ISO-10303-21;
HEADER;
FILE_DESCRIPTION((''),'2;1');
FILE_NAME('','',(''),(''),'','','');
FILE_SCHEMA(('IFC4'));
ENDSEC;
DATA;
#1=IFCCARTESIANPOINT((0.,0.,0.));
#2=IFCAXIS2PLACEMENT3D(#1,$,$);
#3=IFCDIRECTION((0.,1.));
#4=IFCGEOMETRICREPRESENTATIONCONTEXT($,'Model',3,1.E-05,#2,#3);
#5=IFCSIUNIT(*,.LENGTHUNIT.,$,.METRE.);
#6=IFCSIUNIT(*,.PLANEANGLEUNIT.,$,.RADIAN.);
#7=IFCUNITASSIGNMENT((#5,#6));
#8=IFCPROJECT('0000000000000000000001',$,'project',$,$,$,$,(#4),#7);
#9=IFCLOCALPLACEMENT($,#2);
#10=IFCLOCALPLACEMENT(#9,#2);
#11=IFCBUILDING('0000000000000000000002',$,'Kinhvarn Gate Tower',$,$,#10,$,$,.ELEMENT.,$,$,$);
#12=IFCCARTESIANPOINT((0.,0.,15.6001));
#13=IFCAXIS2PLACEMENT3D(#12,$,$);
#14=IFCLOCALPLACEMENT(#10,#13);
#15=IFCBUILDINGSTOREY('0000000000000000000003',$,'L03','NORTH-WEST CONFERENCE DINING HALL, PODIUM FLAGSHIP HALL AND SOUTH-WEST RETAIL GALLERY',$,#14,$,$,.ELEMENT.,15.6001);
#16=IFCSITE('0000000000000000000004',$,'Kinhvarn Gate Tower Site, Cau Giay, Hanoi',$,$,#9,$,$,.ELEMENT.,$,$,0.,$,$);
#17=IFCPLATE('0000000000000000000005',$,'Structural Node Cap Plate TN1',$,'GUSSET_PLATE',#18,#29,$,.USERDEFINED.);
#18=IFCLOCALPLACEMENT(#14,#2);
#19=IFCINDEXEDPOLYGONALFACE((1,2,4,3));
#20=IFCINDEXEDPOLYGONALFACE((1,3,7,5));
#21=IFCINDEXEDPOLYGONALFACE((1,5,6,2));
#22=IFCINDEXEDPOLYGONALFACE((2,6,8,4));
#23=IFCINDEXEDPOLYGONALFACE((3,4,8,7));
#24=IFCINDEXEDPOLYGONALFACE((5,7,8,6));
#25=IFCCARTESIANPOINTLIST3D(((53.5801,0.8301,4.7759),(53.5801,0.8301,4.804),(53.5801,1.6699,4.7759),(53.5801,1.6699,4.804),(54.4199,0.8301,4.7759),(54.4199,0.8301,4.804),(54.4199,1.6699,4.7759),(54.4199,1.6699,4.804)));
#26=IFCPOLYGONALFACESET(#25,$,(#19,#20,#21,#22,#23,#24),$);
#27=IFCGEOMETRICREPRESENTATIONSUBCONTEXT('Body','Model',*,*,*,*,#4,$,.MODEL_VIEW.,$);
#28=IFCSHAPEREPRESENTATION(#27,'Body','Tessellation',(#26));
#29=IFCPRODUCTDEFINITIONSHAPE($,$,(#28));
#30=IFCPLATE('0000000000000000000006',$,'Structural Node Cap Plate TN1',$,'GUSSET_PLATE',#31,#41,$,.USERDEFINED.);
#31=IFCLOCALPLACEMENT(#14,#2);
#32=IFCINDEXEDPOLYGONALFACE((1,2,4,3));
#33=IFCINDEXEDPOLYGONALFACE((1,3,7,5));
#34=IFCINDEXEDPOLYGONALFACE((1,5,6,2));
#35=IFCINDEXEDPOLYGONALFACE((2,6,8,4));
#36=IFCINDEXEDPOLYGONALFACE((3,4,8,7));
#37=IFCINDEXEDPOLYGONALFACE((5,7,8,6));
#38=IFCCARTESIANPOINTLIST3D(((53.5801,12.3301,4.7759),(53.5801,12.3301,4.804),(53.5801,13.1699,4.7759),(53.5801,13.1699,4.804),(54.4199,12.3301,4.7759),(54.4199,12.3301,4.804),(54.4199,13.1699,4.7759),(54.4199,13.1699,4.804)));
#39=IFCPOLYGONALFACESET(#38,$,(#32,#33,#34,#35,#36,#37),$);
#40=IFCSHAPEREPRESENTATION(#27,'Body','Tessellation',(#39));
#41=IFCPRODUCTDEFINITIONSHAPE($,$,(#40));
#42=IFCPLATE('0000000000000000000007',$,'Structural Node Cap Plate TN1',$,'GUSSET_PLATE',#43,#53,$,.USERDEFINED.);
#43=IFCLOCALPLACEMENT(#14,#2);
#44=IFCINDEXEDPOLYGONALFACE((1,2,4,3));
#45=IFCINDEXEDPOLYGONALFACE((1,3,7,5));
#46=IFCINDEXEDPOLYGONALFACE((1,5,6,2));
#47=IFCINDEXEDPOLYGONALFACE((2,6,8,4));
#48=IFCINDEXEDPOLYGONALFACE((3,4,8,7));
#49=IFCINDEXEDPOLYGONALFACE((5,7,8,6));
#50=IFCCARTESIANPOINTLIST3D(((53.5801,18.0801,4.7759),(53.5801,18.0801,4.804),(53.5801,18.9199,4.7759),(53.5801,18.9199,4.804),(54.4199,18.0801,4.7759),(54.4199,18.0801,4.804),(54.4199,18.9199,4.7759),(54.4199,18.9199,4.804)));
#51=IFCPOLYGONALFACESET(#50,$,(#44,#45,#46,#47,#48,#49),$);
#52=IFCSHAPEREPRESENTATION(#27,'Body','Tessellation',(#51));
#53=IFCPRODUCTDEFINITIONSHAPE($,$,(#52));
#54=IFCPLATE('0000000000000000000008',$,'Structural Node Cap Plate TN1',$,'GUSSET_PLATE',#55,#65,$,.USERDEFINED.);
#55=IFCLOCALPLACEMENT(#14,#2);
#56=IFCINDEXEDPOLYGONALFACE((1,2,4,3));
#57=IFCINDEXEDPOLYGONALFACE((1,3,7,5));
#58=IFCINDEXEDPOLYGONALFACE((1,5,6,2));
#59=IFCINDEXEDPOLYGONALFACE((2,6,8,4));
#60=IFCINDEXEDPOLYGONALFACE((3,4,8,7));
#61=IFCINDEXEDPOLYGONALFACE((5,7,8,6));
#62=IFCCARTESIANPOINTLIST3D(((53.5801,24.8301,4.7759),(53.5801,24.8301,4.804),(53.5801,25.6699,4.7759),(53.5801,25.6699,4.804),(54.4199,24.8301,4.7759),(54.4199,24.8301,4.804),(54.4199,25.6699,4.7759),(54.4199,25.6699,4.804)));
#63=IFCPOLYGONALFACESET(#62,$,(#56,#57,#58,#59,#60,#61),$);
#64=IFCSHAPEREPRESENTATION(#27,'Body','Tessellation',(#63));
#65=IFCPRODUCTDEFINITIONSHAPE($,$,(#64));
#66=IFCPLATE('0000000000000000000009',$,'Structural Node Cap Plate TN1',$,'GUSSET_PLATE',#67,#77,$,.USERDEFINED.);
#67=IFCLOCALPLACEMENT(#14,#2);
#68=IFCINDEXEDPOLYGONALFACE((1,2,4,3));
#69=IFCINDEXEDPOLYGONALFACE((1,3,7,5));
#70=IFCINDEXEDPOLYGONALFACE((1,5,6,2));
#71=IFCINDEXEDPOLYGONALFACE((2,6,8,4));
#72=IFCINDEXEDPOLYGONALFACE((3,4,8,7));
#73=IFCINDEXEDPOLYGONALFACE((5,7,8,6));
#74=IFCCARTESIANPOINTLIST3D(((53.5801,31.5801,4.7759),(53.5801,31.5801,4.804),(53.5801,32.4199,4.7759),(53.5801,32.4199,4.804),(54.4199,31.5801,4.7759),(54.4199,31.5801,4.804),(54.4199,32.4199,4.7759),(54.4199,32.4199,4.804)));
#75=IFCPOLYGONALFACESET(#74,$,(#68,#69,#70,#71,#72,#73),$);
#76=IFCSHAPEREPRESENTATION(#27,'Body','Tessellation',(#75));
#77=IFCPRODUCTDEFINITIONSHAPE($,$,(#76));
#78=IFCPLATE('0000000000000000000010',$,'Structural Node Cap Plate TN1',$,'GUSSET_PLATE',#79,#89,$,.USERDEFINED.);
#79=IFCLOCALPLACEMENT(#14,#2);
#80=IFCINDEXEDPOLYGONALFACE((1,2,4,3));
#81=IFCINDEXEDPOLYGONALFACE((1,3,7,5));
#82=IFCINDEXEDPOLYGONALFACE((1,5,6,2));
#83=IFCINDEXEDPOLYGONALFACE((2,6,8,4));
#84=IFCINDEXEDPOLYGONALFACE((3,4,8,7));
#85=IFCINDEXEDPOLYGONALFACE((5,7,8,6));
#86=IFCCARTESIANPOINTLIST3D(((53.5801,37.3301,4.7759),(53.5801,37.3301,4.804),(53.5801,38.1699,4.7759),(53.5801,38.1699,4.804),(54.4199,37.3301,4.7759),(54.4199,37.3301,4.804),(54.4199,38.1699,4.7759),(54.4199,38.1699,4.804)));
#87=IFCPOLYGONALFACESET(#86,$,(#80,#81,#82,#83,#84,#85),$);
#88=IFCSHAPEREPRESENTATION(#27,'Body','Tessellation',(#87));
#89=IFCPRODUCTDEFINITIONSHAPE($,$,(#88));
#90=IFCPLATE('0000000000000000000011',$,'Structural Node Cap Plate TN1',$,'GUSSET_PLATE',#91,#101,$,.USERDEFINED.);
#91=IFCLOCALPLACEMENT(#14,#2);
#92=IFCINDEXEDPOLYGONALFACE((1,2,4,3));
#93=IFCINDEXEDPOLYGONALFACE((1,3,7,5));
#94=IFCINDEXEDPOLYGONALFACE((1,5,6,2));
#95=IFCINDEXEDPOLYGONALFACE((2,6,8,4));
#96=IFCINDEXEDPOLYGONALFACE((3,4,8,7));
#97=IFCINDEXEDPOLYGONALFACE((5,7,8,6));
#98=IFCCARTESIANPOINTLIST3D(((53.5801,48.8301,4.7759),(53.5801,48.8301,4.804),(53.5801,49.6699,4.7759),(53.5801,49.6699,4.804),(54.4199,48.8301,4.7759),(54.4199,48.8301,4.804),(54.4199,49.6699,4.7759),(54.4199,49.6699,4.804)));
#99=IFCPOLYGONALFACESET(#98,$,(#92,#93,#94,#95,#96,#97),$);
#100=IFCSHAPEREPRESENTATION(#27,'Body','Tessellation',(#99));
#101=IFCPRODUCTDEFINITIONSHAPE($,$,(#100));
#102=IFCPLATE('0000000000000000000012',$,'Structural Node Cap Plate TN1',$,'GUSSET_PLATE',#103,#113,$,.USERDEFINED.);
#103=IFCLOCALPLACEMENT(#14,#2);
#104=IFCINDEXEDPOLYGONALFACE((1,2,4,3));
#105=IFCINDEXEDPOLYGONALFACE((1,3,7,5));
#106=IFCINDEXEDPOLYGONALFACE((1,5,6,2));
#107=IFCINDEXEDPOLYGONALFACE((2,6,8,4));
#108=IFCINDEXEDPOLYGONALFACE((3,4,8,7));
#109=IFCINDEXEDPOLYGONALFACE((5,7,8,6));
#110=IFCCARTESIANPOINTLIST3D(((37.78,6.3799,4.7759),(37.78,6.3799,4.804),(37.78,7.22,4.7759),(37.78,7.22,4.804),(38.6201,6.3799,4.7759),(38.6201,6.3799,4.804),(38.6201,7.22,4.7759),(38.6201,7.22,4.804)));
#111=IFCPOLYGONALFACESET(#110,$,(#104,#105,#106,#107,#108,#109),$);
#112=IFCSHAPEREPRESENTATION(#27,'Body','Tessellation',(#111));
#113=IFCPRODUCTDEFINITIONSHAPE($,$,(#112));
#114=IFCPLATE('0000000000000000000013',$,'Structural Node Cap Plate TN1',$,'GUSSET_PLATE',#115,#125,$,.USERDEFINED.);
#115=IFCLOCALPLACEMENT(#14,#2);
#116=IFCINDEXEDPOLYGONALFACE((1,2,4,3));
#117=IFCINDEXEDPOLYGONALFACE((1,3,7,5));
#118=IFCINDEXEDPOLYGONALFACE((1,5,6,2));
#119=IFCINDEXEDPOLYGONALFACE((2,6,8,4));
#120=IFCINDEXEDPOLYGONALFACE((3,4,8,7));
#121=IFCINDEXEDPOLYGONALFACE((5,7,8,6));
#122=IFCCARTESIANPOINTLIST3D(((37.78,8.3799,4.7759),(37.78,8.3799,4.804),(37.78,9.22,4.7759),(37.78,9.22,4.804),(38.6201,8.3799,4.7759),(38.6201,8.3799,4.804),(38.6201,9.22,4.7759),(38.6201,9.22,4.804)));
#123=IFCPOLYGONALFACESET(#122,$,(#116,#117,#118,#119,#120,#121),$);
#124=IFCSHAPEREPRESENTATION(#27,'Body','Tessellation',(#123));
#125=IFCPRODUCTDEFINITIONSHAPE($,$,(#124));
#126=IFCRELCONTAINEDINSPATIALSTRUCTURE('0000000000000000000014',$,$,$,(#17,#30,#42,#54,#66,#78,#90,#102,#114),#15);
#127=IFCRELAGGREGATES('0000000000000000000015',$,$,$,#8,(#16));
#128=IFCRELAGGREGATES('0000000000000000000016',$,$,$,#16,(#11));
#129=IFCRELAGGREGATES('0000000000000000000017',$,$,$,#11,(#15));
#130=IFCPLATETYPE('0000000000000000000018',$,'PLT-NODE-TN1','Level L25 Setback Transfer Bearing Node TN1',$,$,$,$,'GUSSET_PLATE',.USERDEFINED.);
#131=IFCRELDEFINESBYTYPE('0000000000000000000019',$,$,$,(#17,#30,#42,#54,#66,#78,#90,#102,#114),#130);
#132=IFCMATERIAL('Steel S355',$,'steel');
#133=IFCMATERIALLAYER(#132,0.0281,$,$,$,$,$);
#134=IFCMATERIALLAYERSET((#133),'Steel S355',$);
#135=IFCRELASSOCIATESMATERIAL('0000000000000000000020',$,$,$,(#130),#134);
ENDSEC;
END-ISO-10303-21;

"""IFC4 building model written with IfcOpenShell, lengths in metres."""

from ifc_helpers import new_model, si_unit, direction, frame, origin, place, context, subcontext, project, spatial, polyline, outline, extrude, material, layer, layer_set, type_object, element, save


model = new_model("IFC4")

# Units and contexts
model_context = context("Model", 3, precision=1e-05, world=origin(), true_north=direction((0.0, 1.0)))
body_context = subcontext(model_context, "Body", "Model", "MODEL_VIEW")
ifc_project = project(units=[si_unit("LENGTHUNIT", "METRE"), si_unit("PLANEANGLEUNIT", "RADIAN")], contexts=[model_context])

# Site, building, storey
site_placement = place(None, origin())
site = spatial("IfcSite", under=ifc_project, at=site_placement, Name="Kinhvarn Gate Tower Site, Cau Giay, Hanoi", CompositionType="ELEMENT", RefElevation=0.0)
building_placement = place(site_placement, origin())
building = spatial("IfcBuilding", under=site, at=building_placement, Name="Kinhvarn Gate Tower", CompositionType="ELEMENT")
storey_placement = place(building_placement, frame((0.0, 0.0, 15.6001)))
storey = spatial("IfcBuildingStorey", under=building, at=storey_placement, Name="L03", Description="NORTH-WEST CONFERENCE DINING HALL, PODIUM FLAGSHIP HALL AND SOUTH-WEST RETAIL GALLERY", CompositionType="ELEMENT", Elevation=15.6001)

# Plates
ifc_material_1 = material(Name="Steel S355", Category="steel")
ifc_layer_1 = layer(ifc_material_1, 0.0281)
ifc_layer_set_1 = layer_set([ifc_layer_1], Name="Steel S355")
plate_type_1 = type_object("IfcPlateType", Name="PLT-NODE-TN1", Description="Level L25 Setback Transfer Bearing Node TN1", ElementType="GUSSET_PLATE", PredefinedType="USERDEFINED", material=ifc_layer_set_1)
plate_1_placement = place(storey_placement, frame((0.0, 0.0, 4.7759)))
element("IfcPlate", 1, at=plate_1_placement, inside=storey, type_object=plate_type_1, Name="Structural Node Cap Plate TN1", ObjectType="GUSSET_PLATE", PredefinedType="USERDEFINED", context=body_context, shape_type="SweptSolid", body=[
    extrude(outline(polyline([(53.5801, 0.8301), (54.4199, 0.8301), (54.4199, 1.6699), (53.5801, 1.6699), (53.5801, 0.8301)])), origin(), (0.0, 0.0, 1.0), 0.0281),
])
plate_2_placement = place(storey_placement, frame((0.0, 0.0, 4.7759)))
element("IfcPlate", 2, at=plate_2_placement, inside=storey, type_object=plate_type_1, Name="Structural Node Cap Plate TN1", ObjectType="GUSSET_PLATE", PredefinedType="USERDEFINED", context=body_context, shape_type="SweptSolid", body=[
    extrude(outline(polyline([(53.5801, 12.3301), (54.4199, 12.3301), (54.4199, 13.1699), (53.5801, 13.1699), (53.5801, 12.3301)])), origin(), (0.0, 0.0, 1.0), 0.0281),
])
plate_3_placement = place(storey_placement, frame((0.0, 0.0, 4.7759)))
element("IfcPlate", 3, at=plate_3_placement, inside=storey, type_object=plate_type_1, Name="Structural Node Cap Plate TN1", ObjectType="GUSSET_PLATE", PredefinedType="USERDEFINED", context=body_context, shape_type="SweptSolid", body=[
    extrude(outline(polyline([(53.5801, 18.0801), (54.4199, 18.0801), (54.4199, 18.9199), (53.5801, 18.9199), (53.5801, 18.0801)])), origin(), (0.0, 0.0, 1.0), 0.0281),
])
plate_4_placement = place(storey_placement, frame((0.0, 0.0, 4.7759)))
element("IfcPlate", 4, at=plate_4_placement, inside=storey, type_object=plate_type_1, Name="Structural Node Cap Plate TN1", ObjectType="GUSSET_PLATE", PredefinedType="USERDEFINED", context=body_context, shape_type="SweptSolid", body=[
    extrude(outline(polyline([(53.5801, 24.8301), (54.4199, 24.8301), (54.4199, 25.6699), (53.5801, 25.6699), (53.5801, 24.8301)])), origin(), (0.0, 0.0, 1.0), 0.0281),
])
plate_5_placement = place(storey_placement, frame((0.0, 0.0, 4.7759)))
element("IfcPlate", 5, at=plate_5_placement, inside=storey, type_object=plate_type_1, Name="Structural Node Cap Plate TN1", ObjectType="GUSSET_PLATE", PredefinedType="USERDEFINED", context=body_context, shape_type="SweptSolid", body=[
    extrude(outline(polyline([(53.5801, 31.5801), (54.4199, 31.5801), (54.4199, 32.4199), (53.5801, 32.4199), (53.5801, 31.5801)])), origin(), (0.0, 0.0, 1.0), 0.0281),
])
plate_6_placement = place(storey_placement, frame((0.0, 0.0, 4.7759)))
element("IfcPlate", 6, at=plate_6_placement, inside=storey, type_object=plate_type_1, Name="Structural Node Cap Plate TN1", ObjectType="GUSSET_PLATE", PredefinedType="USERDEFINED", context=body_context, shape_type="SweptSolid", body=[
    extrude(outline(polyline([(53.5801, 37.3301), (54.4199, 37.3301), (54.4199, 38.1699), (53.5801, 38.1699), (53.5801, 37.3301)])), origin(), (0.0, 0.0, 1.0), 0.0281),
])
plate_7_placement = place(storey_placement, frame((0.0, 0.0, 4.7759)))
element("IfcPlate", 7, at=plate_7_placement, inside=storey, type_object=plate_type_1, Name="Structural Node Cap Plate TN1", ObjectType="GUSSET_PLATE", PredefinedType="USERDEFINED", context=body_context, shape_type="SweptSolid", body=[
    extrude(outline(polyline([(53.5801, 48.8301), (54.4199, 48.8301), (54.4199, 49.6699), (53.5801, 49.6699), (53.5801, 48.8301)])), origin(), (0.0, 0.0, 1.0), 0.0281),
])
plate_8_placement = place(storey_placement, frame((0.0, 0.0, 4.7759)))
element("IfcPlate", 8, at=plate_8_placement, inside=storey, type_object=plate_type_1, Name="Structural Node Cap Plate TN1", ObjectType="GUSSET_PLATE", PredefinedType="USERDEFINED", context=body_context, shape_type="SweptSolid", body=[
    extrude(outline(polyline([(37.78, 6.3799), (38.6201, 6.3799), (38.6201, 7.22), (37.78, 7.22), (37.78, 6.3799)])), origin(), (0.0, 0.0, 1.0), 0.0281),
])
plate_9_placement = place(storey_placement, frame((0.0, 0.0, 4.7759)))
element("IfcPlate", 9, at=plate_9_placement, inside=storey, type_object=plate_type_1, Name="Structural Node Cap Plate TN1", ObjectType="GUSSET_PLATE", PredefinedType="USERDEFINED", context=body_context, shape_type="SweptSolid", body=[
    extrude(outline(polyline([(37.78, 8.3799), (38.6201, 8.3799), (38.6201, 9.22), (37.78, 9.22), (37.78, 8.3799)])), origin(), (0.0, 0.0, 1.0), 0.0281),
])

save(model, "model.ifc")
